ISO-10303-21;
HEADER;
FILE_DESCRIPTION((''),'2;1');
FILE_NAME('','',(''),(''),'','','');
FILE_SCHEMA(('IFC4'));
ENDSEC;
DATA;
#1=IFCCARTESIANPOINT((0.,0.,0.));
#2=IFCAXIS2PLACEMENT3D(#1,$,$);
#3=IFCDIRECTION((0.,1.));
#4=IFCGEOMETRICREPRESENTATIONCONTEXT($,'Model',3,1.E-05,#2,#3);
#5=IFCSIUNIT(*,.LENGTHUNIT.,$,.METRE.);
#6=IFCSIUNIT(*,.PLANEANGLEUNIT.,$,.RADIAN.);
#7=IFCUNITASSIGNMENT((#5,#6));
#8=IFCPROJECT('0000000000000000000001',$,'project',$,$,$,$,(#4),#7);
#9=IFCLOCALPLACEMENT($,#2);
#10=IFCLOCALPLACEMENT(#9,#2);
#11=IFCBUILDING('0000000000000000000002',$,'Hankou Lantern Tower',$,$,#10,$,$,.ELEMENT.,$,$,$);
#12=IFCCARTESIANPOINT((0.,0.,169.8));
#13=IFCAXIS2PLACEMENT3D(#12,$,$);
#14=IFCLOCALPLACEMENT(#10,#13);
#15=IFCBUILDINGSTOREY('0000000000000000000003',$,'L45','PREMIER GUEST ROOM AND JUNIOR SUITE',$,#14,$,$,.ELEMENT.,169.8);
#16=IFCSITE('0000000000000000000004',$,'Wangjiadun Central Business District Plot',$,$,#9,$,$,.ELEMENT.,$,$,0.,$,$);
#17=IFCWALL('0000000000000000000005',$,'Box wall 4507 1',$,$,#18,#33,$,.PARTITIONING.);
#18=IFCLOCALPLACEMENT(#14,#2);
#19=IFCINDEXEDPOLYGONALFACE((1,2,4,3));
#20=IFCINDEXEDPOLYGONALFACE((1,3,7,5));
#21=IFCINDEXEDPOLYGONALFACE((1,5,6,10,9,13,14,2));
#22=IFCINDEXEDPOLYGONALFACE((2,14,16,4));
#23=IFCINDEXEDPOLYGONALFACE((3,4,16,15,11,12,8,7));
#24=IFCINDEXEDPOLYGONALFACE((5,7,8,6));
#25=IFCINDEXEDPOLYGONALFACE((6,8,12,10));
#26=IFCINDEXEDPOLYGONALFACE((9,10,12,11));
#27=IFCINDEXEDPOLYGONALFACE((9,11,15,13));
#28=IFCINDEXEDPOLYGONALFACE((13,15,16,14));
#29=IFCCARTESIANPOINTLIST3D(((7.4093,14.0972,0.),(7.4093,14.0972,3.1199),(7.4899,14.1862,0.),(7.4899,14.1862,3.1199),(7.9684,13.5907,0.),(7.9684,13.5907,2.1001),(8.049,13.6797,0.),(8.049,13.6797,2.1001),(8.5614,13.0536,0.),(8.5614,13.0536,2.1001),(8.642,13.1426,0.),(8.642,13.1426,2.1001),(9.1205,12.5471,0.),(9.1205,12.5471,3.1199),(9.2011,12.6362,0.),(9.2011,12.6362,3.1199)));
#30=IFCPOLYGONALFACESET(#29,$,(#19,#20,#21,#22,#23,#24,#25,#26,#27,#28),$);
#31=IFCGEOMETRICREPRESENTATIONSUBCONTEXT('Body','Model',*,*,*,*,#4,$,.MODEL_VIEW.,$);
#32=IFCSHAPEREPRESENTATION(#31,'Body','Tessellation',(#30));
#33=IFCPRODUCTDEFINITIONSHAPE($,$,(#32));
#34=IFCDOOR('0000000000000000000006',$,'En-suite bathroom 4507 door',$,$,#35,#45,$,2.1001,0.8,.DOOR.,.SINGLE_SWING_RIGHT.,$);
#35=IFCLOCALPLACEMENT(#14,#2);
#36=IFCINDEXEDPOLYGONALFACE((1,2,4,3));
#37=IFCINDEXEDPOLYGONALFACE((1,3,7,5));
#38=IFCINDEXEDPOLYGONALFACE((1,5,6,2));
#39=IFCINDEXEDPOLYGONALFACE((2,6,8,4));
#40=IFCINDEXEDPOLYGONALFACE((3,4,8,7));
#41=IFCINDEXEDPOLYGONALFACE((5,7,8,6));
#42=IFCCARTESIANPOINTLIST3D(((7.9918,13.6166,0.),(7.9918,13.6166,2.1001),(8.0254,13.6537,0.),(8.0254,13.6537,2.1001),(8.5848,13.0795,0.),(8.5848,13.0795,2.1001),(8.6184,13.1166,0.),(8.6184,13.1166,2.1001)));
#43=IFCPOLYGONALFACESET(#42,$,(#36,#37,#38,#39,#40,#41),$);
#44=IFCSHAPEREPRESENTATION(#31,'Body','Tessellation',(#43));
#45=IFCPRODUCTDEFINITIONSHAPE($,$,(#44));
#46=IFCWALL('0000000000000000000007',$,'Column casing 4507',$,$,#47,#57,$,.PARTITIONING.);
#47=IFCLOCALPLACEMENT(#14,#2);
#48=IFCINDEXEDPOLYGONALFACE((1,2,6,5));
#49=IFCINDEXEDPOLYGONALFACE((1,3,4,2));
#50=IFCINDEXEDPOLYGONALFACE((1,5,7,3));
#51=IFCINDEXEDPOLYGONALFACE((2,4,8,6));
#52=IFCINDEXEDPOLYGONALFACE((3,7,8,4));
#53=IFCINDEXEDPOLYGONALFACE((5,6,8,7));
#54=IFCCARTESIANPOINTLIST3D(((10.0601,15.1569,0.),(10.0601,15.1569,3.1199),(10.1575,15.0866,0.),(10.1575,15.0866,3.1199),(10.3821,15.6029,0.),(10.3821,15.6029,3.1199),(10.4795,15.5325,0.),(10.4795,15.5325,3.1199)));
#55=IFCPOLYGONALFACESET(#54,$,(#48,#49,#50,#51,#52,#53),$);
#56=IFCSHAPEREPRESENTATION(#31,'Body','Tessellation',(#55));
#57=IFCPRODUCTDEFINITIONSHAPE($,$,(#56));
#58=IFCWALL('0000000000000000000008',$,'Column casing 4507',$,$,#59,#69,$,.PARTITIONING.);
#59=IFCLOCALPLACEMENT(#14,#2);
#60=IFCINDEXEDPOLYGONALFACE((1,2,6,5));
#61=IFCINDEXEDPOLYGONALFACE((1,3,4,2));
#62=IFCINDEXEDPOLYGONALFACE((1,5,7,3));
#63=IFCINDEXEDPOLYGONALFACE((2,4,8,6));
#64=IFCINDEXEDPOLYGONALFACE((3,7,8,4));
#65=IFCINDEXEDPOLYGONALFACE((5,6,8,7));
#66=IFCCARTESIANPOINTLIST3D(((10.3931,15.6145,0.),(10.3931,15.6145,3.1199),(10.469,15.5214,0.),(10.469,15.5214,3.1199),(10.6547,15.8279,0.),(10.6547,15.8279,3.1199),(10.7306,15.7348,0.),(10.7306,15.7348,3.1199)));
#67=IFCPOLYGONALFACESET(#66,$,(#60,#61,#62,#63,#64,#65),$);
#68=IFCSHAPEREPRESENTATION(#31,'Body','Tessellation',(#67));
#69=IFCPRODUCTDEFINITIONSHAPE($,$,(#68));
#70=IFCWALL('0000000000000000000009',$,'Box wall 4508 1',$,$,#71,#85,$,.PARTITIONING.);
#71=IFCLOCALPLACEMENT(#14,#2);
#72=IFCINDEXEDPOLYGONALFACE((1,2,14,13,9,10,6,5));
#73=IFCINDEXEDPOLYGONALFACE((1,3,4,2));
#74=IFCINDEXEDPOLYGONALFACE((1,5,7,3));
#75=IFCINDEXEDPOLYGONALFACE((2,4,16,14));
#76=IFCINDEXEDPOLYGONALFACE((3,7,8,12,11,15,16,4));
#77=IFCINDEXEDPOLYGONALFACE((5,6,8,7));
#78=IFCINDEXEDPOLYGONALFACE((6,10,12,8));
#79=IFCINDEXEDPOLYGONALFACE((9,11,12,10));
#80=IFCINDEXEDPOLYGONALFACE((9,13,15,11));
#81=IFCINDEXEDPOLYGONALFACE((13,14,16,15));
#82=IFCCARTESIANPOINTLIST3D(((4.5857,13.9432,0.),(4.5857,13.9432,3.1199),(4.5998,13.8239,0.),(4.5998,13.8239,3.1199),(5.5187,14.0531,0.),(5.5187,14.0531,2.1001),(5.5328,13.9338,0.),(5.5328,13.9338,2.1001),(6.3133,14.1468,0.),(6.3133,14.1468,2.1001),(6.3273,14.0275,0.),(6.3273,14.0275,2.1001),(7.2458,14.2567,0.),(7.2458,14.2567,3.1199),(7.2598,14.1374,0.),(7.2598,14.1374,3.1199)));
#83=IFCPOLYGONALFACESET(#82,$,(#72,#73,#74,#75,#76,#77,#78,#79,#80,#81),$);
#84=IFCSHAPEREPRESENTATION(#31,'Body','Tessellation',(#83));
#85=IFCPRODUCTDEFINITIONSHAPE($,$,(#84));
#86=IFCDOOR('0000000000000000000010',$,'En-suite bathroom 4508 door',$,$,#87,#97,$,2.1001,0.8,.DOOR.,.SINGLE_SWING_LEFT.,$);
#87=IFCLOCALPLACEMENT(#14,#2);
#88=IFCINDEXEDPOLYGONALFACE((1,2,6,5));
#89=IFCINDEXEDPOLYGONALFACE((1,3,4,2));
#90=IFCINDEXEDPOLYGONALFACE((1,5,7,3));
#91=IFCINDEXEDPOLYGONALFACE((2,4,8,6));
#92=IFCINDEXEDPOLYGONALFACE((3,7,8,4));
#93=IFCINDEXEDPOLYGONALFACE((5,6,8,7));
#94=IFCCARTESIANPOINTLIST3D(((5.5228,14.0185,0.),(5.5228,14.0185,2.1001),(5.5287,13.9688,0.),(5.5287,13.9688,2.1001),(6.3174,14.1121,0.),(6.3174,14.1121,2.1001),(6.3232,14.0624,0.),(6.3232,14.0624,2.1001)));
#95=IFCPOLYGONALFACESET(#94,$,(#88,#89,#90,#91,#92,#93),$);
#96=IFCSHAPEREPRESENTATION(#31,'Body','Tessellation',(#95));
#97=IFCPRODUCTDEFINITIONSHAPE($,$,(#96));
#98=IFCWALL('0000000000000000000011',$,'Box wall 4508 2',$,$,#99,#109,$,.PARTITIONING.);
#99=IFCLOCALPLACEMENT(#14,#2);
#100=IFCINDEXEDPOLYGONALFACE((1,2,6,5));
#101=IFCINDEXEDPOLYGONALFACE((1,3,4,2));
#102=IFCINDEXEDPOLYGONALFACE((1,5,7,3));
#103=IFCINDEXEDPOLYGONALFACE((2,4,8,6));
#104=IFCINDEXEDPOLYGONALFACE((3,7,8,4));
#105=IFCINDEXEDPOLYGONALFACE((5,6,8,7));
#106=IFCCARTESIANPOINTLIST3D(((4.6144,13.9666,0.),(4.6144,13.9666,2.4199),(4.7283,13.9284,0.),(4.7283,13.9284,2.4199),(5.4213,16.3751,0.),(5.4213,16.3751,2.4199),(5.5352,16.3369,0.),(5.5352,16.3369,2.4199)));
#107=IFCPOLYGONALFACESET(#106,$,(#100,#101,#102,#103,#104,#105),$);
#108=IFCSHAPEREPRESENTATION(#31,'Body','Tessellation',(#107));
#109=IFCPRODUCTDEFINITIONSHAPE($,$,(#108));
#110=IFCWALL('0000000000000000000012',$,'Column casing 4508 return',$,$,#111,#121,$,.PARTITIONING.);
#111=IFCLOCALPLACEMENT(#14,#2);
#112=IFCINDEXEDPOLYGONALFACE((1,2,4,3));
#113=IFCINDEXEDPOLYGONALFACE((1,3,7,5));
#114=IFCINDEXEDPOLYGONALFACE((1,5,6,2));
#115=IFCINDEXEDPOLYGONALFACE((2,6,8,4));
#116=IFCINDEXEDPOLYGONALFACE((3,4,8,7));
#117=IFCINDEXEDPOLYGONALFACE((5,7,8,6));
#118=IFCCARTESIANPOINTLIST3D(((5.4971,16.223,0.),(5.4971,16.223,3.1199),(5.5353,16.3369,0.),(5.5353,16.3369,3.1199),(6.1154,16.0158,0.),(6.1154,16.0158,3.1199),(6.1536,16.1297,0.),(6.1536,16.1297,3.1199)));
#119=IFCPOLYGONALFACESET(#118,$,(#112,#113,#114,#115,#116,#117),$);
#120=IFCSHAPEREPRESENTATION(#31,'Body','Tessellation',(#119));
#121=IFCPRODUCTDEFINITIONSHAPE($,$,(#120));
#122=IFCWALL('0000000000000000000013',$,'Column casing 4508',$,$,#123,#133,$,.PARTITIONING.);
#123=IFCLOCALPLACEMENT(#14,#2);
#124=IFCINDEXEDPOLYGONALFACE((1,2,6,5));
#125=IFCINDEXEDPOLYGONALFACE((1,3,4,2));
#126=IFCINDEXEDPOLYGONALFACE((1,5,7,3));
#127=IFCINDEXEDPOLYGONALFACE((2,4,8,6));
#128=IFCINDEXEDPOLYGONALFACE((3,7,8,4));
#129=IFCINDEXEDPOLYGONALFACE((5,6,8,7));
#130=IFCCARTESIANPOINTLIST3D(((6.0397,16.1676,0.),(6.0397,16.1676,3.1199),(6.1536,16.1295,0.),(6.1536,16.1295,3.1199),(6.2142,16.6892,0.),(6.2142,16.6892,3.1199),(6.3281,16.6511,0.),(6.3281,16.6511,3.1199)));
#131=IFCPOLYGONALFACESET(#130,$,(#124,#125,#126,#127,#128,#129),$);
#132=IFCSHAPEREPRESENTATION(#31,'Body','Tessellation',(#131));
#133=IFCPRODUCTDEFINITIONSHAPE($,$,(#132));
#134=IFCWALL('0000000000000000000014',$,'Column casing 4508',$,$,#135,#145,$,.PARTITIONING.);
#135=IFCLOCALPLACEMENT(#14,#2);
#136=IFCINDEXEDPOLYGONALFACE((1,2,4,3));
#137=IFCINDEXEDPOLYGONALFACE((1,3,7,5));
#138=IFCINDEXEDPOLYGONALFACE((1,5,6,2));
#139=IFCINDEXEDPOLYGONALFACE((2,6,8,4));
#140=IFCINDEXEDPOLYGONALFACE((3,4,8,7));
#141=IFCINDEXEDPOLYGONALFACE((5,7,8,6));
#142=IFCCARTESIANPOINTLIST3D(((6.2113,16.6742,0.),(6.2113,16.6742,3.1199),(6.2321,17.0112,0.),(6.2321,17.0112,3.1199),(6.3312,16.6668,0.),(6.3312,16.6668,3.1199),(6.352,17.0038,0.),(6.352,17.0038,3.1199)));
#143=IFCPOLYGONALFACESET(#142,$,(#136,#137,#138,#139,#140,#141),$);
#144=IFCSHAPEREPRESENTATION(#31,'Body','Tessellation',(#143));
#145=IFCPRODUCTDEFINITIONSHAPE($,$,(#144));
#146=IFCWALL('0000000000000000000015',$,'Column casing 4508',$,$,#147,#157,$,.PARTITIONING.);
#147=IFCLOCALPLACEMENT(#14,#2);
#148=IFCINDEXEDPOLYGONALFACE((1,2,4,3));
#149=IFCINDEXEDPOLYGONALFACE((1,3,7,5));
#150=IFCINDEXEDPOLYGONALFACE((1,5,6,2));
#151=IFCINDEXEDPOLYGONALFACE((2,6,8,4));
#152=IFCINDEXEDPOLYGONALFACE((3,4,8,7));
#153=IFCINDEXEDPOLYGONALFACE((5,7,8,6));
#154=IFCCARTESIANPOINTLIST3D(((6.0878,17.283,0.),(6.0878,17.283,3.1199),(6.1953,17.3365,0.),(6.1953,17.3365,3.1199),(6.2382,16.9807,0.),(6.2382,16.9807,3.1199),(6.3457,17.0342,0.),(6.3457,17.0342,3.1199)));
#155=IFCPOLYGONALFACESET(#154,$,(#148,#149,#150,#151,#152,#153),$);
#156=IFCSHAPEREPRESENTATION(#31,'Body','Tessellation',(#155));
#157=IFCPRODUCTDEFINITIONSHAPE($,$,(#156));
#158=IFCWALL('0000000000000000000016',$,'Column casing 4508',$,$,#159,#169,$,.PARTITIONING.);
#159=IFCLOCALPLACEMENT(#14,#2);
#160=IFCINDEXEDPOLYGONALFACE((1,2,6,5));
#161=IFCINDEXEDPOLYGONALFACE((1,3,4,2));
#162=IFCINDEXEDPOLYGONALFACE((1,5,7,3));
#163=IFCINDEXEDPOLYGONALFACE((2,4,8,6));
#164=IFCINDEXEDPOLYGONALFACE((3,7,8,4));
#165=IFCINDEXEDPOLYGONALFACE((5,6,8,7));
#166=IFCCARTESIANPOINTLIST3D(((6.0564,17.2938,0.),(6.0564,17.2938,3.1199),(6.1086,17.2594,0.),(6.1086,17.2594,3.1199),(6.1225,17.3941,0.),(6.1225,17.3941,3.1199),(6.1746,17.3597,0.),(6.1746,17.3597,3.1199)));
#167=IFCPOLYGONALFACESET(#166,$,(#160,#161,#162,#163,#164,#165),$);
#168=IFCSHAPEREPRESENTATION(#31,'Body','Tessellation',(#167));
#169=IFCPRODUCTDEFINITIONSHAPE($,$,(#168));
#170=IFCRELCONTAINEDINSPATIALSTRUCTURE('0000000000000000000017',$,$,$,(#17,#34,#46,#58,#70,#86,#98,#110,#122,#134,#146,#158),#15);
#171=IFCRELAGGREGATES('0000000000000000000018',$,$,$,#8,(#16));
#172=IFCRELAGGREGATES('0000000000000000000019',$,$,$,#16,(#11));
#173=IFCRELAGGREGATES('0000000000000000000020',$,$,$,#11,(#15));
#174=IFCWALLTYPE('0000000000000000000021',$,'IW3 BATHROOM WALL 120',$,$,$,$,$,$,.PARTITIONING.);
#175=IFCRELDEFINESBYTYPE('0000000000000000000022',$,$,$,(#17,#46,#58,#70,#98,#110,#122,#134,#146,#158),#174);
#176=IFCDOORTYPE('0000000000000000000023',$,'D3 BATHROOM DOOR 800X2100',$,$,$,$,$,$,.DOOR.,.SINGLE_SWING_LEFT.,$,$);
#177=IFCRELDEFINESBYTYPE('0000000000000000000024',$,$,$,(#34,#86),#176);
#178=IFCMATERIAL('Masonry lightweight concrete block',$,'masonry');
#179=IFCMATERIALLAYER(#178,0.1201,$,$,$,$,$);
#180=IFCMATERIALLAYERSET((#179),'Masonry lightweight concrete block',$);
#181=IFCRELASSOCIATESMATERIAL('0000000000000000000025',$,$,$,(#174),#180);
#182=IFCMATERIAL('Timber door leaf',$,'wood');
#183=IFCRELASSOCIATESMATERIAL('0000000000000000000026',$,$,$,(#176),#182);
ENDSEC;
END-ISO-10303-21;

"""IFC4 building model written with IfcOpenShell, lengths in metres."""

from ifc_helpers import new_model, si_unit, direction, frame, frame_2d, origin, place, context, subcontext, project, spatial, rectangle, extrude, material, layer, layer_set, type_object, element, fill, save


model = new_model("IFC4")

# Units and contexts
model_context = context("Model", 3, precision=1e-05, world=origin(), true_north=direction((0.0, 1.0)))
body_context = subcontext(model_context, "Body", "Model", "MODEL_VIEW")
ifc_project = project(units=[si_unit("LENGTHUNIT", "METRE"), si_unit("PLANEANGLEUNIT", "RADIAN")], contexts=[model_context])

# Site, building, storey
site_placement = place(None, origin())
site = spatial("IfcSite", under=ifc_project, at=site_placement, Name="Wangjiadun Central Business District Plot", CompositionType="ELEMENT", RefElevation=0.0)
building_placement = place(site_placement, origin())
building = spatial("IfcBuilding", under=site, at=building_placement, Name="Hankou Lantern Tower", CompositionType="ELEMENT")
storey_placement = place(building_placement, frame((0.0, 0.0, 169.8)))
storey = spatial("IfcBuildingStorey", under=building, at=storey_placement, Name="L45", Description="PREMIER GUEST ROOM AND JUNIOR SUITE", CompositionType="ELEMENT", Elevation=169.8)

# Wall, opening, door
ifc_material_1 = material(Name="Masonry lightweight concrete block", Category="masonry")
ifc_layer_1 = layer(ifc_material_1, 0.1201)
ifc_layer_set_1 = layer_set([ifc_layer_1], Name="Masonry lightweight concrete block")
wall_type_1 = type_object("IfcWallType", Name="IW3 BATHROOM WALL 120", PredefinedType="PARTITIONING", material=ifc_layer_set_1)
wall_1_placement = place(storey_placement, frame((7.4497, 14.1416, 0.0), z_axis=(0.0, 0.0, 1.0), x_axis=(0.74114, -0.671351, 0.0)))
wall_1 = element("IfcWall", 1, at=wall_1_placement, inside=storey, type_object=wall_type_1, Name="Box wall 4507 1", PredefinedType="PARTITIONING", context=body_context, shape_type="SweptSolid", body=[
    extrude(rectangle(XDim=2.3088, YDim=0.1201, at=frame_2d((1.1543, 0.0))), origin(), (0.0, 0.0, 1.0), 3.1199),
])
opening_1_placement = place(wall_1_placement, frame((0.7544, 0.0, 0.0)))
opening_1 = element("IfcOpeningElement", 2, at=opening_1_placement, cuts=wall_1, PredefinedType="OPENING", context=body_context, shape_type="SweptSolid", body=[
    extrude(rectangle(XDim=0.8, YDim=2.1001, at=frame_2d((0.3999, 1.05))), frame((0.0, 0.0701, 0.0), z_axis=(0.0, -1.0, 0.0), x_axis=(1.0, 0.0, 0.0)), (0.0, 0.0, 1.0), 0.1401),
])
ifc_material_2 = material(Name="Timber door leaf", Category="wood")
door_type = type_object("IfcDoorType", Name="D3 BATHROOM DOOR 800X2100", OperationType="SINGLE_SWING_LEFT", PredefinedType="DOOR", material=ifc_material_2)
door_1_placement = place(opening_1_placement, origin())
door_1 = element("IfcDoor", 3, at=door_1_placement, inside=storey, type_object=door_type, Name="En-suite bathroom 4507 door", OperationType="SINGLE_SWING_RIGHT", OverallHeight=2.1001, OverallWidth=0.8, PredefinedType="DOOR", context=body_context, shape_type="SweptSolid", body=[
    extrude(rectangle(XDim=0.8, YDim=2.1001, at=frame_2d((0.3999, 1.05))), frame((0.0, 0.0249, 0.0), z_axis=(0.0, -1.0, 0.0), x_axis=(1.0, 0.0, 0.0)), (0.0, 0.0, 1.0), 0.05),
])
fill(opening_1, door_1)

# Walls
wall_2_placement = place(storey_placement, frame((10.1089, 15.1218, 0.0), z_axis=(0.0, 0.0, 1.0), x_axis=(0.585345, 0.810785, 0.0)))
element("IfcWall", 4, at=wall_2_placement, inside=storey, type_object=wall_type_1, Name="Column casing 4507", PredefinedType="PARTITIONING", context=body_context, shape_type="SweptSolid", body=[
    extrude(rectangle(XDim=0.55, YDim=0.1201, at=frame_2d((0.2749, 0.0))), origin(), (0.0, 0.0, 1.0), 3.1199),
])
wall_3_placement = place(storey_placement, frame((10.4309, 15.5679, 0.0), z_axis=(0.0, 0.0, 1.0), x_axis=(0.775051, 0.631898, 0.0)))
element("IfcWall", 5, at=wall_3_placement, inside=storey, type_object=wall_type_1, Name="Column casing 4507", PredefinedType="PARTITIONING", context=body_context, shape_type="SweptSolid", body=[
    extrude(rectangle(XDim=0.3376, YDim=0.1201, at=frame_2d((0.1689, 0.0))), origin(), (0.0, 0.0, 1.0), 3.1199),
])

# Wall, opening, door
wall_4_placement = place(storey_placement, frame((7.2529, 14.197, 0.0), z_axis=(0.0, 0.0, 1.0), x_axis=(-0.993128, -0.117032, 0.0)))
wall_4 = element("IfcWall", 6, at=wall_4_placement, inside=storey, type_object=wall_type_1, Name="Box wall 4508 1", PredefinedType="PARTITIONING", context=body_context, shape_type="SweptSolid", body=[
    extrude(rectangle(XDim=2.6785, YDim=0.1201, at=frame_2d((1.3394, 0.0))), origin(), (0.0, 0.0, 1.0), 3.1199),
])
opening_2_placement = place(wall_4_placement, frame((0.9392, 0.0, 0.0)))
opening_2 = element("IfcOpeningElement", 7, at=opening_2_placement, cuts=wall_4, PredefinedType="OPENING", context=body_context, shape_type="SweptSolid", body=[
    extrude(rectangle(XDim=0.8, YDim=2.1001, at=frame_2d((0.3999, 1.05))), frame((0.0, 0.0701, 0.0), z_axis=(0.0, -1.0, 0.0), x_axis=(1.0, 0.0, 0.0)), (0.0, 0.0, 1.0), 0.1401),
])
door_2_placement = place(opening_2_placement, origin())
door_2 = element("IfcDoor", 8, at=door_2_placement, inside=storey, type_object=door_type, Name="En-suite bathroom 4508 door", OperationType="SINGLE_SWING_LEFT", OverallHeight=2.1001, OverallWidth=0.8, PredefinedType="DOOR", context=body_context, shape_type="SweptSolid", body=[
    extrude(rectangle(XDim=0.8, YDim=2.1001, at=frame_2d((0.3999, 1.05))), frame((0.0, 0.0249, 0.0), z_axis=(0.0, -1.0, 0.0), x_axis=(1.0, 0.0, 0.0)), (0.0, 0.0, 1.0), 0.05),
])
fill(opening_2, door_2)

# Walls
wall_5_placement = place(storey_placement, frame((4.6714, 13.9475, 0.0), z_axis=(0.0, 0.0, 1.0), x_axis=(0.317669, 0.948202, 0.0)))
element("IfcWall", 9, at=wall_5_placement, inside=storey, type_object=wall_type_1, Name="Box wall 4508 2", PredefinedType="PARTITIONING", context=body_context, shape_type="SweptSolid", body=[
    extrude(rectangle(XDim=2.54, YDim=0.1201, at=frame_2d((1.27, 0.0))), origin(), (0.0, 0.0, 1.0), 2.4199),
])
wall_6_placement = place(storey_placement, frame((5.5161, 16.28, 0.0), z_axis=(0.0, 0.0, 1.0), x_axis=(0.948158, -0.317799, 0.0)))
element("IfcWall", 10, at=wall_6_placement, inside=storey, type_object=wall_type_1, Name="Column casing 4508 return", PredefinedType="PARTITIONING", context=body_context, shape_type="SweptSolid", body=[
    extrude(rectangle(XDim=0.6521, YDim=0.1201, at=frame_2d((0.3262, 0.0))), origin(), (0.0, 0.0, 1.0), 3.1199),
])
wall_7_placement = place(storey_placement, frame((6.0967, 16.1487, 0.0), z_axis=(0.0, 0.0, 1.0), x_axis=(0.317293, 0.948328, 0.0)))
element("IfcWall", 11, at=wall_7_placement, inside=storey, type_object=wall_type_1, Name="Column casing 4508", PredefinedType="PARTITIONING", context=body_context, shape_type="SweptSolid", body=[
    extrude(rectangle(XDim=0.55, YDim=0.1201, at=frame_2d((0.2749, 0.0))), origin(), (0.0, 0.0, 1.0), 3.1199),
])
for number, where, z_axis, x_axis, name in (
    (12, (6.2712, 16.6704, 0.0), (0.0, 0.0, 1.0), (0.061478, 0.998108, 0.0), "Column casing 4508"),
    (13, (6.292, 17.0073, 0.0), (0.0, 0.0, 1.0), (-0.445477, 0.895293, 0.0), "Column casing 4508"),
):
    element("IfcWall", number, at=place(storey_placement, frame(where, z_axis=z_axis, x_axis=x_axis)), inside=storey, type_object=wall_type_1, Name=name, PredefinedType="PARTITIONING", context=body_context, shape_type="SweptSolid", body=[
        extrude(rectangle(XDim=0.3376, YDim=0.1201, at=frame_2d((0.1689, 0.0))), origin(), (0.0, 0.0, 1.0), 3.1199),
    ])
wall_8_placement = place(storey_placement, frame((6.1416, 17.3096, 0.0), z_axis=(0.0, 0.0, 1.0), x_axis=(-0.83504, 0.55019, 0.0)))
element("IfcWall", 14, at=wall_8_placement, inside=storey, type_object=wall_type_1, Name="Column casing 4508", PredefinedType="PARTITIONING", context=body_context, shape_type="SweptSolid", body=[
    extrude(rectangle(XDim=0.0625, YDim=0.1201, at=frame_2d((0.0312, 0.0))), origin(), (0.0, 0.0, 1.0), 3.1199),
])

save(model, "model.ifc")
